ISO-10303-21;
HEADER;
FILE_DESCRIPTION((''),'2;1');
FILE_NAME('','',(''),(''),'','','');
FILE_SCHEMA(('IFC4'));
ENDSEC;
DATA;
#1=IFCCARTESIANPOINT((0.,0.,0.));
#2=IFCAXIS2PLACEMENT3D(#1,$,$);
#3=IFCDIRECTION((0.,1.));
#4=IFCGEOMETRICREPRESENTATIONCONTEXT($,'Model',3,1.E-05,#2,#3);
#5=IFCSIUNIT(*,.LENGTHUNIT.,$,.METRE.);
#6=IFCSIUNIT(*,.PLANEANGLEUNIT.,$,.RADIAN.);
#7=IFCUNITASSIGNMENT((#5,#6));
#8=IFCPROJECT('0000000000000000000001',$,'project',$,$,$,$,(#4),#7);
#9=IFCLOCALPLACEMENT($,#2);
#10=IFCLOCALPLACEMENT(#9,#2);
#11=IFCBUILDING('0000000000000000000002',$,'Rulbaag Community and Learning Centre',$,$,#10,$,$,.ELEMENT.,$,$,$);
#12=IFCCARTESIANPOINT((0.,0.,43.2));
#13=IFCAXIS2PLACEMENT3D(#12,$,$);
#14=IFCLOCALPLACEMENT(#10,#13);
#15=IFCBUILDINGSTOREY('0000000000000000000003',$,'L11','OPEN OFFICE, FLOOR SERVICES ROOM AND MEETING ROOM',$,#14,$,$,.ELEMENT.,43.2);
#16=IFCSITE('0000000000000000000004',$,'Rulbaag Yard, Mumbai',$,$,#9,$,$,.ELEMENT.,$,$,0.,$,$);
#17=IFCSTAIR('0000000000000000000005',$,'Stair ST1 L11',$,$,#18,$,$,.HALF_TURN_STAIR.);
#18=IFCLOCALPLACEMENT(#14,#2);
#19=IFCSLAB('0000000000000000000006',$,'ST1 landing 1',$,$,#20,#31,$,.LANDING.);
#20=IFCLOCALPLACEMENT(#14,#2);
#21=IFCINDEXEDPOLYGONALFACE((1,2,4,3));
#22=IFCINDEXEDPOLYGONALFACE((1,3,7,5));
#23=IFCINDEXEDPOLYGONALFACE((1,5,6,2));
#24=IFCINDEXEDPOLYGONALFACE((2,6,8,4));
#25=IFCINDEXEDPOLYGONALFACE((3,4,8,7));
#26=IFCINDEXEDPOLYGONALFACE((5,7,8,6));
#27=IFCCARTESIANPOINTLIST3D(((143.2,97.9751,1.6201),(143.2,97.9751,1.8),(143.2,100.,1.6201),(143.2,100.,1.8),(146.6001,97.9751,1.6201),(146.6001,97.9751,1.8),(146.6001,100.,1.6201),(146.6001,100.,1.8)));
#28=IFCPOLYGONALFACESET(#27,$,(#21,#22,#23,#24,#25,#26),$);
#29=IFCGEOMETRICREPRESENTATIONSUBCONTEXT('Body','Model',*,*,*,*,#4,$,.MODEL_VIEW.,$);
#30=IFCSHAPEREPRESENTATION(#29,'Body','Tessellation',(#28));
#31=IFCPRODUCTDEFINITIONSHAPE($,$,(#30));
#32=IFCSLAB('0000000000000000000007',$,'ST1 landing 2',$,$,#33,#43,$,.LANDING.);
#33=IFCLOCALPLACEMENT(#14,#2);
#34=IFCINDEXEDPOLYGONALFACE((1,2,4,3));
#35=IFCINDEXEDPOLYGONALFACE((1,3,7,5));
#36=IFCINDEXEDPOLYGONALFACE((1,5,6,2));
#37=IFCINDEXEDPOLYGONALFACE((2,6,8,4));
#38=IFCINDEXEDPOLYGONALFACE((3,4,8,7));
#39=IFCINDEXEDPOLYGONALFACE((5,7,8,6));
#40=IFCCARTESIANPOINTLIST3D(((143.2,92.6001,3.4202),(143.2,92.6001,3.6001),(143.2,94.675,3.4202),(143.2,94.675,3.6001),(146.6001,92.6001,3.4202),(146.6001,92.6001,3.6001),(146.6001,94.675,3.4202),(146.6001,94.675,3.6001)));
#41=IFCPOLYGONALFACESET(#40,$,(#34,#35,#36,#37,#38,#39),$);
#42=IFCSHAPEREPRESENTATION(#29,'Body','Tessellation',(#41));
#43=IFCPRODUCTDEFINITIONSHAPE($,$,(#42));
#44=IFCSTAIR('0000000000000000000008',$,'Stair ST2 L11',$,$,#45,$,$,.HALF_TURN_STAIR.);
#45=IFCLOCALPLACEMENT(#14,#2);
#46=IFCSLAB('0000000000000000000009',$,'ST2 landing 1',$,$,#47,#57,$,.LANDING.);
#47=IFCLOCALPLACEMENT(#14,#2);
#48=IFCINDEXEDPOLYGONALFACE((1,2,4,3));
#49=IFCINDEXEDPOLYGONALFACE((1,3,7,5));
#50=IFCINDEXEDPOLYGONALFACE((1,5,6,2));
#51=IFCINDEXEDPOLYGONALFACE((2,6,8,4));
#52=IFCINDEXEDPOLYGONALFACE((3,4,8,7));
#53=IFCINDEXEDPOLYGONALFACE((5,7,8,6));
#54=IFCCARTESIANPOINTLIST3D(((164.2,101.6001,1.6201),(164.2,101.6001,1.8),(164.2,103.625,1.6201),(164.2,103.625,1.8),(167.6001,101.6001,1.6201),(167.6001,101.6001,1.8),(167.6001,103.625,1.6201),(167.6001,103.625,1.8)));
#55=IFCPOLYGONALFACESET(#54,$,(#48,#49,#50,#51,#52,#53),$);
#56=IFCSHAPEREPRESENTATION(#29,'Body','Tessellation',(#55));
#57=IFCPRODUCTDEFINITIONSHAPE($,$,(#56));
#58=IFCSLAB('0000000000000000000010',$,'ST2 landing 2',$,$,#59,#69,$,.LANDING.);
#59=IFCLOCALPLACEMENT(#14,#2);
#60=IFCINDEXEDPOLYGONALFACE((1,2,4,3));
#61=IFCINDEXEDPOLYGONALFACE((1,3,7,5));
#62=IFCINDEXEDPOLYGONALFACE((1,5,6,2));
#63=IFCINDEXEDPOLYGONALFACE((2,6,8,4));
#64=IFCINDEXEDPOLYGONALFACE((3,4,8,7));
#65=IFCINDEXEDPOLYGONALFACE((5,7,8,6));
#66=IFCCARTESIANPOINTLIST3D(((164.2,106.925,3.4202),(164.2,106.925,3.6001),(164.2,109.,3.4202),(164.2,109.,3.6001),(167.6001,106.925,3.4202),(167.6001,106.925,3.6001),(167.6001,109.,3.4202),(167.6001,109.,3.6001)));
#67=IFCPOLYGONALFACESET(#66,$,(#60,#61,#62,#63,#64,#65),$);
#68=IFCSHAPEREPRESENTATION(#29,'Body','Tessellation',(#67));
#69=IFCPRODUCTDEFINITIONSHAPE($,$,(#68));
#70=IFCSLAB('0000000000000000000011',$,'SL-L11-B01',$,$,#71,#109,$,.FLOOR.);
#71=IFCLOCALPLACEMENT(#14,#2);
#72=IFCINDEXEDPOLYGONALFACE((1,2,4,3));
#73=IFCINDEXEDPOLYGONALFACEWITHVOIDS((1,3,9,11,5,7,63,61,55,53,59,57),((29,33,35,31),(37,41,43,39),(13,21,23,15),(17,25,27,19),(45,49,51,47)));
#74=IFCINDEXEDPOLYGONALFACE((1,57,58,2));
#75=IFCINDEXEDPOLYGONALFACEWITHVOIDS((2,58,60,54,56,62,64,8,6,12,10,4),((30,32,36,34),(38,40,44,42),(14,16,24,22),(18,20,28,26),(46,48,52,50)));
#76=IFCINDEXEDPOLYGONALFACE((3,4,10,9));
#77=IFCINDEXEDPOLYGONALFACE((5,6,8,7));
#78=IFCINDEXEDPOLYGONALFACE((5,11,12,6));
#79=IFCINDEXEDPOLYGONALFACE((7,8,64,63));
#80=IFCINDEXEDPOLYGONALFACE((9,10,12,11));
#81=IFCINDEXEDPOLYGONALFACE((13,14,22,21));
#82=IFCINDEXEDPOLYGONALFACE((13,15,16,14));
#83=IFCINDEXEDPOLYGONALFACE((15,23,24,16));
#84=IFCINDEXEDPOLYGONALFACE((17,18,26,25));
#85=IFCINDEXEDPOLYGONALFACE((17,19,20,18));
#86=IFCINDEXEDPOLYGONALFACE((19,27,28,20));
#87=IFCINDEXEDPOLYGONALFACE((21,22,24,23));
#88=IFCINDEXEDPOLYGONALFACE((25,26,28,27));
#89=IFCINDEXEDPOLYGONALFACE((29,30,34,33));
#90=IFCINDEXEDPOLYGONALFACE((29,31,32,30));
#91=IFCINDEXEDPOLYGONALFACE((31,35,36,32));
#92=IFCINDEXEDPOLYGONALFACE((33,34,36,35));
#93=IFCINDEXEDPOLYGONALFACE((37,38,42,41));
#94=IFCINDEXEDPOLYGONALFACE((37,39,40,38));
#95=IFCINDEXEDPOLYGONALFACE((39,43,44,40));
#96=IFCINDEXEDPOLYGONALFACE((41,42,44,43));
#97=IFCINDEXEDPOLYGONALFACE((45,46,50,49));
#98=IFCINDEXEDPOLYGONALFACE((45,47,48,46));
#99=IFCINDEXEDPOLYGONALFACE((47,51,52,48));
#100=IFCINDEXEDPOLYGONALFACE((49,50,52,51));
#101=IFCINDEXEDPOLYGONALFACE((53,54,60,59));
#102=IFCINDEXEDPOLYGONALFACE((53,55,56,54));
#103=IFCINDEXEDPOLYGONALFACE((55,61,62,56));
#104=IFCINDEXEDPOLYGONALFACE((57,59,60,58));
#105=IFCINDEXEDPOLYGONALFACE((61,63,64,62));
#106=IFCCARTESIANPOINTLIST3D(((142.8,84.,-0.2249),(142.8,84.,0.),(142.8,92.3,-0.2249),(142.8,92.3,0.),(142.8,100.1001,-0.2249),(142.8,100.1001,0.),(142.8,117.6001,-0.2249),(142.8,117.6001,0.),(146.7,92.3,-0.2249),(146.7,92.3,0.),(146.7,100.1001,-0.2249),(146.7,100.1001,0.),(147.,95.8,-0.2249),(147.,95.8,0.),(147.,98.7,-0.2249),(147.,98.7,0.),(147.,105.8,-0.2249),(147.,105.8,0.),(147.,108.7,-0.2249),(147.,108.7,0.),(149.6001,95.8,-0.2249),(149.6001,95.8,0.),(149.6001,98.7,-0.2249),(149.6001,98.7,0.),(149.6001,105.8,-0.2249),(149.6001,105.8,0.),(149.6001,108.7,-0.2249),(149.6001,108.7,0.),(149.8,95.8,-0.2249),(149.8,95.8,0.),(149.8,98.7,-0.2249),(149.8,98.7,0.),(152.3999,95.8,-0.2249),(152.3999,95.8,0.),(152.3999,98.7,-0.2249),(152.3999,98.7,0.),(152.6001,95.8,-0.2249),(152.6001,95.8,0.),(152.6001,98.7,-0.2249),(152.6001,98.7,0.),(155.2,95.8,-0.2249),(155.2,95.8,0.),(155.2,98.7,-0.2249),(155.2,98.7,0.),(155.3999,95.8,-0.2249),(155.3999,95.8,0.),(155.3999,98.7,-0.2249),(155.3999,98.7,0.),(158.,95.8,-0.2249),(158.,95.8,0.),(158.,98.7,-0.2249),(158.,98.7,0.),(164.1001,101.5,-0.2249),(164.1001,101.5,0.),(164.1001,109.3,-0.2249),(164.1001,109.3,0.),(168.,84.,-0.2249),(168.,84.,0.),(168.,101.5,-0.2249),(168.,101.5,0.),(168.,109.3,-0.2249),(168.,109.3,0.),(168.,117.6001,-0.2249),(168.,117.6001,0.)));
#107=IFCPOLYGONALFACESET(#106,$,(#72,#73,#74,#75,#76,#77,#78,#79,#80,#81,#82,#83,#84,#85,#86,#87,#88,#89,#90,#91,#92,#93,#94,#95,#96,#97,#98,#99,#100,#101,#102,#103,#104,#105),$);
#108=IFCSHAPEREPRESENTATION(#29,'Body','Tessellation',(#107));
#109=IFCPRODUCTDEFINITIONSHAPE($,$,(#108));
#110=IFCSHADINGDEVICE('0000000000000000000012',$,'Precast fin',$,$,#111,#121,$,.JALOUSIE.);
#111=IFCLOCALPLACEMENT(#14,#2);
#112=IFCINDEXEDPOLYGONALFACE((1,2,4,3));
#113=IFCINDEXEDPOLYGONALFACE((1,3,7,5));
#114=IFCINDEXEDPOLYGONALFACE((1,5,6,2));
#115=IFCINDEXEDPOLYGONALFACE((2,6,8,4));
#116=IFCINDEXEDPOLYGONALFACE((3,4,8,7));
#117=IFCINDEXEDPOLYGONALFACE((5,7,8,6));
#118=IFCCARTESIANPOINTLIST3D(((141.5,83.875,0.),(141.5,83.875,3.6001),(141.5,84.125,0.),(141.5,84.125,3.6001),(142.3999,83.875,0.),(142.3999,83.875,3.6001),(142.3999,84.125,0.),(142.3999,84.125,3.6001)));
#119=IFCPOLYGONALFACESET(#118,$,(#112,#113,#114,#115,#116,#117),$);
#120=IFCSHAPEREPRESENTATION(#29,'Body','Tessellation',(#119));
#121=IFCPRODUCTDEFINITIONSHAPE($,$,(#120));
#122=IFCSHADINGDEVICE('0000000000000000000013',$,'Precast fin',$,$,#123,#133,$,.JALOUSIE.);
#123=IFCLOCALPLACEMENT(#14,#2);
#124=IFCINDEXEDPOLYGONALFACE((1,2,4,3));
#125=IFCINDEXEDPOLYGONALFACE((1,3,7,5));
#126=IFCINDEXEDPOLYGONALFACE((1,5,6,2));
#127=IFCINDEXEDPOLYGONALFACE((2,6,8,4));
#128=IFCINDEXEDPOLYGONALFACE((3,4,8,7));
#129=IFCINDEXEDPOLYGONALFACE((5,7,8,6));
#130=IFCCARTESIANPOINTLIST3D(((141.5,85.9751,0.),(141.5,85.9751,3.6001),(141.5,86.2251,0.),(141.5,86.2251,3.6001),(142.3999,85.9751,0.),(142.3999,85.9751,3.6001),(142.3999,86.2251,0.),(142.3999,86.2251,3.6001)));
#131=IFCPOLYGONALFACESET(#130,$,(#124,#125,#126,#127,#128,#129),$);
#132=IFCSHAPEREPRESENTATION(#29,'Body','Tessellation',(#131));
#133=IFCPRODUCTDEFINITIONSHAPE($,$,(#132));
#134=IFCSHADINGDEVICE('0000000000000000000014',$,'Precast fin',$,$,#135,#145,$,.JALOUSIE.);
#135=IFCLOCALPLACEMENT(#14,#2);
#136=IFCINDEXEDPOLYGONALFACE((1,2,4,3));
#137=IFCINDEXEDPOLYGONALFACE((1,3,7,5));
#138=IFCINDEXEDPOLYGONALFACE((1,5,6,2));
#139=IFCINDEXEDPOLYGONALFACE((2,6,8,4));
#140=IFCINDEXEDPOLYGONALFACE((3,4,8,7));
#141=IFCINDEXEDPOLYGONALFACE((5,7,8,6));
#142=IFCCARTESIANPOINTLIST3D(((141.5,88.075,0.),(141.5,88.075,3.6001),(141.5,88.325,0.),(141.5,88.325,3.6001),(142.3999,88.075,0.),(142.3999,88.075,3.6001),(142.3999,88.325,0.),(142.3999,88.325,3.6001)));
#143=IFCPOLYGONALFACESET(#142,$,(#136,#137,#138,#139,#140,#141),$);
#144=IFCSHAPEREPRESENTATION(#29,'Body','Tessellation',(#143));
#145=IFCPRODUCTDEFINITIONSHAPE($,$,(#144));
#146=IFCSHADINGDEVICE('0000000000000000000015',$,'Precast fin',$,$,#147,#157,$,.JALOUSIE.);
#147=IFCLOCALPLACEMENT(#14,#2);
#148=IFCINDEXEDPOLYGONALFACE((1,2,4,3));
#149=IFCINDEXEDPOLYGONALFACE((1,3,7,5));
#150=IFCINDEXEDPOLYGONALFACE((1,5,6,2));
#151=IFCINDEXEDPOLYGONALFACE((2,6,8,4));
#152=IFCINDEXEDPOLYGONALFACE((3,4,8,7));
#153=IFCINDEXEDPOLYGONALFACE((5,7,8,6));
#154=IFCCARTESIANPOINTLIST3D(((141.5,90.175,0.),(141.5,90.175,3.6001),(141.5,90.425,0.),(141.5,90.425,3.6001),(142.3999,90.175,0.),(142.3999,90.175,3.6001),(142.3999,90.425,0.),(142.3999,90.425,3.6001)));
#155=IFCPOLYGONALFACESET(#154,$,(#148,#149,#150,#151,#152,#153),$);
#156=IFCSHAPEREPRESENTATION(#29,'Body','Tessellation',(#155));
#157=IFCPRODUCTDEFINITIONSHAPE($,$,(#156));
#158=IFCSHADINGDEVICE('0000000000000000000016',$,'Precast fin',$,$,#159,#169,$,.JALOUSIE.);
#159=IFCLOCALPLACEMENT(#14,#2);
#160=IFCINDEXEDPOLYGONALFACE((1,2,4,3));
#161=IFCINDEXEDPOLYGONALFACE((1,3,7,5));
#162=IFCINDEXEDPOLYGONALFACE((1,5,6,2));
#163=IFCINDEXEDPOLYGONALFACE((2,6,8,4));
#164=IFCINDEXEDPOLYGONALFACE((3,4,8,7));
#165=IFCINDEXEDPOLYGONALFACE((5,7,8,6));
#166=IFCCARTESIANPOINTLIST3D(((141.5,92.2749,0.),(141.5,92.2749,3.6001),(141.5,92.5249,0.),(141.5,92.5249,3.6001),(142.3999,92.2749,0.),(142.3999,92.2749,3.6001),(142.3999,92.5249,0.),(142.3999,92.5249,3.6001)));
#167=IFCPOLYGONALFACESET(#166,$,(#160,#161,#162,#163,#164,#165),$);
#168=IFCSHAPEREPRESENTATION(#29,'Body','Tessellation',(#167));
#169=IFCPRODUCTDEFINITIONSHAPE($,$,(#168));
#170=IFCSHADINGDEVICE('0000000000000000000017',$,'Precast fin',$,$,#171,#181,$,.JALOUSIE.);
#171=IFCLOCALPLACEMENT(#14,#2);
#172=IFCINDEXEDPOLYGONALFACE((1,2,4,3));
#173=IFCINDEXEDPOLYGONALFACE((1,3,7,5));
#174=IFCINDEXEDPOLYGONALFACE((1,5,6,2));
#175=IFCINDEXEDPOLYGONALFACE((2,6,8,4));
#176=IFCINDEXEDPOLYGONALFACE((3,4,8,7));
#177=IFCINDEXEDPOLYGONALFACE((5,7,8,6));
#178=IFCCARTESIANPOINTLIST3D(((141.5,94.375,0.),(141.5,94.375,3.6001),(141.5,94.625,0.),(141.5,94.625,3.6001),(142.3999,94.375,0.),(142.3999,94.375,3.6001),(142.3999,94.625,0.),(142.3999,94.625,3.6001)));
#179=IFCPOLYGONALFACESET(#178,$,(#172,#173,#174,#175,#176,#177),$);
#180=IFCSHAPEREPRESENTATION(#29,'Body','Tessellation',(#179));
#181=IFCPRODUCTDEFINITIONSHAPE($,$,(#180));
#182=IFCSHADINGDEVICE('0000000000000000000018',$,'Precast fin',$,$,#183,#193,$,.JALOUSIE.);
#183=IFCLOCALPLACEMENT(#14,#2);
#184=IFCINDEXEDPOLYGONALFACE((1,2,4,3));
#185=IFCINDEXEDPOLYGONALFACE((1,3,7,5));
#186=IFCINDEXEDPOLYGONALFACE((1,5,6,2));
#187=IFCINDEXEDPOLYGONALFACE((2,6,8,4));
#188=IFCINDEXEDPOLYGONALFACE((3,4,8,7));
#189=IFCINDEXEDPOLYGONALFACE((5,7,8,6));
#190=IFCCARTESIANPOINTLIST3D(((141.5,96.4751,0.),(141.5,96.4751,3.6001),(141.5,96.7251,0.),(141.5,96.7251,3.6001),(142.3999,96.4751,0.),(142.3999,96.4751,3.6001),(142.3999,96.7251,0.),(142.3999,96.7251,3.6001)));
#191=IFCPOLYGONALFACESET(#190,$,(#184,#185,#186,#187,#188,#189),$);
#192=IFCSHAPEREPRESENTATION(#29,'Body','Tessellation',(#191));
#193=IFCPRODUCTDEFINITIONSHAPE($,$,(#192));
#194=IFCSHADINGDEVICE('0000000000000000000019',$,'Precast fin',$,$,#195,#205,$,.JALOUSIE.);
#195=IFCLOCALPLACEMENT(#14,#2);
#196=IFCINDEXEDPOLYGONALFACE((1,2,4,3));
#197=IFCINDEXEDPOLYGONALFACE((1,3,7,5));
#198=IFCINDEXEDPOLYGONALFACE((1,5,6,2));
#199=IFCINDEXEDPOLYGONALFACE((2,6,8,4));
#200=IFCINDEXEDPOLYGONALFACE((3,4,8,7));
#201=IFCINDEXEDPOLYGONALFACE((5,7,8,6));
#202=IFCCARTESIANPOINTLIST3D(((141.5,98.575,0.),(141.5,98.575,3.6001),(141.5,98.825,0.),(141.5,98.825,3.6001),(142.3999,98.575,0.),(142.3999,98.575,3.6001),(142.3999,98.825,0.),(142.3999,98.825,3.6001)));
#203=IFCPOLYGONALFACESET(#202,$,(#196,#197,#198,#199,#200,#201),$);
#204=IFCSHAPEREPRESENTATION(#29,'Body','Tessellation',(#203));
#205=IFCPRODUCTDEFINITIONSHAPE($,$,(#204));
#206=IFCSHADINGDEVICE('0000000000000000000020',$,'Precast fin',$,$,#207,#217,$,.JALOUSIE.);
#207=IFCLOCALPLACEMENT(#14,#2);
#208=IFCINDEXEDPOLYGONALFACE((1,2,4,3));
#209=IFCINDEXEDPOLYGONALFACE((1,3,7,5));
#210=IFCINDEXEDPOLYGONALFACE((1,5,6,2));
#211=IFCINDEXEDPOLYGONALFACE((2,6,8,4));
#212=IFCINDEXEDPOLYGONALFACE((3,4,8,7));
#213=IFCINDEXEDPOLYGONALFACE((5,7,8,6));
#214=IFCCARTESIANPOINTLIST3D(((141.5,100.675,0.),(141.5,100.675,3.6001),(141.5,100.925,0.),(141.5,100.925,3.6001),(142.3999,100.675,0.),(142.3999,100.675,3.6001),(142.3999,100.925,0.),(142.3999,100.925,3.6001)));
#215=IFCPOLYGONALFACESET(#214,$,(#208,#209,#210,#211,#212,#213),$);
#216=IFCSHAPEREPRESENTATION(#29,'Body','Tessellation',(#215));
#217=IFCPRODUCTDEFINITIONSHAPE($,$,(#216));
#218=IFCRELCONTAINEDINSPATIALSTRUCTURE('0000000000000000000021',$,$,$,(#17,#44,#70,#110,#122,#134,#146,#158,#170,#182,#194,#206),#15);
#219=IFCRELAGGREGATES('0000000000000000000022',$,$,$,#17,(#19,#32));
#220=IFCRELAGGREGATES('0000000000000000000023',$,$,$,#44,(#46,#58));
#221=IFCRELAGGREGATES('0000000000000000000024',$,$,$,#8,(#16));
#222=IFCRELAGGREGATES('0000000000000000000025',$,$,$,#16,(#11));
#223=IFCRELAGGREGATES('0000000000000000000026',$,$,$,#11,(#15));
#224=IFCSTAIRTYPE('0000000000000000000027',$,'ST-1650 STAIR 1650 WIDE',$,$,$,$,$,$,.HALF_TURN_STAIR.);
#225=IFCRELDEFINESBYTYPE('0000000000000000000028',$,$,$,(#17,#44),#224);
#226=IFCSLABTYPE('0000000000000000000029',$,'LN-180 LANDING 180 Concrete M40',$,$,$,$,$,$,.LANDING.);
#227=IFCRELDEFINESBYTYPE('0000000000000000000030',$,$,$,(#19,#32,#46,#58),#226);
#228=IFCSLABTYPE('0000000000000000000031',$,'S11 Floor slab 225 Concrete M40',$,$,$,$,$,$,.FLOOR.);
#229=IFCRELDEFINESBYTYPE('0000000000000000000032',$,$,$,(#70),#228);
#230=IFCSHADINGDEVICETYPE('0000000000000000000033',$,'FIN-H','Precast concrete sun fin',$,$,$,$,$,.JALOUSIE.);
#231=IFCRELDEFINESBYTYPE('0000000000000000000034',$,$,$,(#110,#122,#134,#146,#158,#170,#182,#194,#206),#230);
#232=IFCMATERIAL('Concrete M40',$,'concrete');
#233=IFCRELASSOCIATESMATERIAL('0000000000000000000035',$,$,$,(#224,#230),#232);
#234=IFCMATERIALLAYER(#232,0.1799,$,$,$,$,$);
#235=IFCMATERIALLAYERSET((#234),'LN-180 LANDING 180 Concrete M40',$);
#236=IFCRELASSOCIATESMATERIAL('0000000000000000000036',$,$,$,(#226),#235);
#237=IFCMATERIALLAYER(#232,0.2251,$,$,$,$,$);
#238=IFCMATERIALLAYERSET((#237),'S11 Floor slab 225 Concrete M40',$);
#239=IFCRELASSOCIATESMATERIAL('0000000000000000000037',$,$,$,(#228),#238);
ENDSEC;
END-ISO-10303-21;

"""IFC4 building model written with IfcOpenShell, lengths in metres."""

from ifc_helpers import new_model, si_unit, direction, frame, origin, origin_2d, place, context, subcontext, project, spatial, polyline, rectangle, outline, extrude, material, layer, layer_set, material_profile, profile_set, type_object, element, aggregate, save


model = new_model("IFC4")

# Units and contexts
model_context = context("Model", 3, precision=1e-05, world=origin(), true_north=direction((0.0, 1.0)))
body_context = subcontext(model_context, "Body", "Model", "MODEL_VIEW")
ifc_project = project(units=[si_unit("LENGTHUNIT", "METRE"), si_unit("PLANEANGLEUNIT", "RADIAN")], contexts=[model_context])

# Site, building, storey
site_placement = place(None, origin())
site = spatial("IfcSite", under=ifc_project, at=site_placement, Name="Rulbaag Yard, Mumbai", CompositionType="ELEMENT", RefElevation=0.0)
building_placement = place(site_placement, origin())
building = spatial("IfcBuilding", under=site, at=building_placement, Name="Rulbaag Community and Learning Centre", CompositionType="ELEMENT")
storey_placement = place(building_placement, frame((0.0, 0.0, 43.2)))
storey = spatial("IfcBuildingStorey", under=building, at=storey_placement, Name="L11", Description="OPEN OFFICE, FLOOR SERVICES ROOM AND MEETING ROOM", CompositionType="ELEMENT", Elevation=43.2)

# Stairs, slabs
ifc_material_1 = material(Name="Concrete M40", Category="concrete")
stair_type = type_object("IfcStairType", Name="ST-1650 STAIR 1650 WIDE", PredefinedType="HALF_TURN_STAIR", material=ifc_material_1)
stair_1_placement = place(storey_placement, origin())
stair_1 = element("IfcStair", 1, at=stair_1_placement, inside=storey, type_object=stair_type, Name="Stair ST1 L11", PredefinedType="HALF_TURN_STAIR")
ifc_layer_1 = layer(ifc_material_1, 0.1799)
ifc_layer_set_1 = layer_set([ifc_layer_1], Name="LN-180 LANDING 180 Concrete M40")
slab_type_1 = type_object("IfcSlabType", Name="LN-180 LANDING 180 Concrete M40", PredefinedType="LANDING", material=ifc_layer_set_1)
slab_1_placement = place(storey_placement, frame((0.0, 0.0, 1.6201)))
slab_1 = element("IfcSlab", 2, at=slab_1_placement, type_object=slab_type_1, Name="ST1 landing 1", PredefinedType="LANDING", context=body_context, shape_type="SweptSolid", body=[
    extrude(outline(polyline([(143.2, 97.9751), (143.2, 100.0), (146.6001, 100.0), (146.6001, 97.9751), (143.2, 97.9751)])), origin(), (0.0, 0.0, 1.0), 0.1799),
])
slab_2_placement = place(storey_placement, frame((0.0, 0.0, 3.4202)))
slab_2 = element("IfcSlab", 3, at=slab_2_placement, type_object=slab_type_1, Name="ST1 landing 2", PredefinedType="LANDING", context=body_context, shape_type="SweptSolid", body=[
    extrude(outline(polyline([(143.2, 92.6001), (143.2, 94.675), (146.6001, 94.675), (146.6001, 92.6001), (143.2, 92.6001)])), origin(), (0.0, 0.0, 1.0), 0.1799),
])
aggregate(stair_1, [slab_1, slab_2])
stair_2_placement = place(storey_placement, origin())
stair_2 = element("IfcStair", 4, at=stair_2_placement, inside=storey, type_object=stair_type, Name="Stair ST2 L11", PredefinedType="HALF_TURN_STAIR")
slab_3_placement = place(storey_placement, frame((0.0, 0.0, 1.6201)))
slab_3 = element("IfcSlab", 5, at=slab_3_placement, type_object=slab_type_1, Name="ST2 landing 1", PredefinedType="LANDING", context=body_context, shape_type="SweptSolid", body=[
    extrude(outline(polyline([(164.2, 101.6001), (164.2, 103.625), (167.6001, 103.625), (167.6001, 101.6001), (164.2, 101.6001)])), origin(), (0.0, 0.0, 1.0), 0.1799),
])
slab_4_placement = place(storey_placement, frame((0.0, 0.0, 3.4202)))
slab_4 = element("IfcSlab", 6, at=slab_4_placement, type_object=slab_type_1, Name="ST2 landing 2", PredefinedType="LANDING", context=body_context, shape_type="SweptSolid", body=[
    extrude(outline(polyline([(164.2, 106.925), (164.2, 109.0), (167.6001, 109.0), (167.6001, 106.925), (164.2, 106.925)])), origin(), (0.0, 0.0, 1.0), 0.1799),
])
aggregate(stair_2, [slab_3, slab_4])

# Slab
ifc_layer_2 = layer(ifc_material_1, 0.2251)
ifc_layer_set_2 = layer_set([ifc_layer_2], Name="S11 Floor slab 225 Concrete M40")
slab_type_2 = type_object("IfcSlabType", Name="S11 Floor slab 225 Concrete M40", PredefinedType="FLOOR", material=ifc_layer_set_2)
slab_5_placement = place(storey_placement, frame((0.0, 0.0, -0.2249)))
element("IfcSlab", 7, at=slab_5_placement, inside=storey, type_object=slab_type_2, Name="SL-L11-B01", PredefinedType="FLOOR", context=body_context, shape_type="SweptSolid", body=[
    extrude(outline(polyline([(168.0, 84.0), (142.8, 84.0), (142.8, 92.3), (146.7, 92.3), (146.7, 100.1001), (142.8, 100.1001), (142.8, 117.6001), (168.0, 117.6001), (168.0, 109.3), (164.1001, 109.3), (164.1001, 101.5), (168.0, 101.5), (168.0, 84.0)]), holes=[polyline([(147.0, 98.7), (147.0, 95.8), (149.6001, 95.8), (149.6001, 98.7), (147.0, 98.7)]), polyline([(149.8, 98.7), (149.8, 95.8), (152.3999, 95.8), (152.3999, 98.7), (149.8, 98.7)]), polyline([(152.6001, 98.7), (152.6001, 95.8), (155.2, 95.8), (155.2, 98.7), (152.6001, 98.7)]), polyline([(155.3999, 98.7), (155.3999, 95.8), (158.0, 95.8), (158.0, 98.7), (155.3999, 98.7)]), polyline([(147.0, 108.7), (147.0, 105.8), (149.6001, 105.8), (149.6001, 108.7), (147.0, 108.7)])]), origin(), (0.0, 0.0, 1.0), 0.2249),
])

# Shading devices
ifc_material_profile = material_profile(ifc_material_1, rectangle(XDim=0.25, YDim=0.8999, at=origin_2d()), Name="PC 250x900")
ifc_profile_set = profile_set([ifc_material_profile], Name="Concrete M40")
shading_device_type = type_object("IfcShadingDeviceType", Name="FIN-H", Description="Precast concrete sun fin", PredefinedType="JALOUSIE", material=ifc_profile_set)
for number, where, z_axis, x_axis, name in (
    (8, (141.95, 84.0, 0.0), (0.0, 0.0, 1.0), (0.0, 1.0, 0.0), "Precast fin"),
    (9, (141.95, 86.1001, 0.0), (0.0, 0.0, 1.0), (0.0, 1.0, 0.0), "Precast fin"),
    (10, (141.95, 88.2, 0.0), (0.0, 0.0, 1.0), (0.0, 1.0, 0.0), "Precast fin"),
    (11, (141.95, 90.3, 0.0), (0.0, 0.0, 1.0), (0.0, 1.0, 0.0), "Precast fin"),
    (12, (141.95, 92.3999, 0.0), (0.0, 0.0, 1.0), (0.0, 1.0, 0.0), "Precast fin"),
    (13, (141.95, 94.5, 0.0), (0.0, 0.0, 1.0), (0.0, 1.0, 0.0), "Precast fin"),
    (14, (141.95, 96.6001, 0.0), (0.0, 0.0, 1.0), (0.0, 1.0, 0.0), "Precast fin"),
    (15, (141.95, 98.7, 0.0), (0.0, 0.0, 1.0), (0.0, 1.0, 0.0), "Precast fin"),
    (16, (141.95, 100.8, 0.0), (0.0, 0.0, 1.0), (0.0, 1.0, 0.0), "Precast fin"),
):
    element("IfcShadingDevice", number, at=place(storey_placement, frame(where, z_axis=z_axis, x_axis=x_axis)), inside=storey, type_object=shading_device_type, Name=name, PredefinedType="JALOUSIE", context=body_context, shape_type="SweptSolid", body=[
        extrude(rectangle(XDim=0.25, YDim=0.8999, at=origin_2d()), origin(), (0.0, 0.0, 1.0), 3.6001),
    ])

save(model, "model.ifc")
